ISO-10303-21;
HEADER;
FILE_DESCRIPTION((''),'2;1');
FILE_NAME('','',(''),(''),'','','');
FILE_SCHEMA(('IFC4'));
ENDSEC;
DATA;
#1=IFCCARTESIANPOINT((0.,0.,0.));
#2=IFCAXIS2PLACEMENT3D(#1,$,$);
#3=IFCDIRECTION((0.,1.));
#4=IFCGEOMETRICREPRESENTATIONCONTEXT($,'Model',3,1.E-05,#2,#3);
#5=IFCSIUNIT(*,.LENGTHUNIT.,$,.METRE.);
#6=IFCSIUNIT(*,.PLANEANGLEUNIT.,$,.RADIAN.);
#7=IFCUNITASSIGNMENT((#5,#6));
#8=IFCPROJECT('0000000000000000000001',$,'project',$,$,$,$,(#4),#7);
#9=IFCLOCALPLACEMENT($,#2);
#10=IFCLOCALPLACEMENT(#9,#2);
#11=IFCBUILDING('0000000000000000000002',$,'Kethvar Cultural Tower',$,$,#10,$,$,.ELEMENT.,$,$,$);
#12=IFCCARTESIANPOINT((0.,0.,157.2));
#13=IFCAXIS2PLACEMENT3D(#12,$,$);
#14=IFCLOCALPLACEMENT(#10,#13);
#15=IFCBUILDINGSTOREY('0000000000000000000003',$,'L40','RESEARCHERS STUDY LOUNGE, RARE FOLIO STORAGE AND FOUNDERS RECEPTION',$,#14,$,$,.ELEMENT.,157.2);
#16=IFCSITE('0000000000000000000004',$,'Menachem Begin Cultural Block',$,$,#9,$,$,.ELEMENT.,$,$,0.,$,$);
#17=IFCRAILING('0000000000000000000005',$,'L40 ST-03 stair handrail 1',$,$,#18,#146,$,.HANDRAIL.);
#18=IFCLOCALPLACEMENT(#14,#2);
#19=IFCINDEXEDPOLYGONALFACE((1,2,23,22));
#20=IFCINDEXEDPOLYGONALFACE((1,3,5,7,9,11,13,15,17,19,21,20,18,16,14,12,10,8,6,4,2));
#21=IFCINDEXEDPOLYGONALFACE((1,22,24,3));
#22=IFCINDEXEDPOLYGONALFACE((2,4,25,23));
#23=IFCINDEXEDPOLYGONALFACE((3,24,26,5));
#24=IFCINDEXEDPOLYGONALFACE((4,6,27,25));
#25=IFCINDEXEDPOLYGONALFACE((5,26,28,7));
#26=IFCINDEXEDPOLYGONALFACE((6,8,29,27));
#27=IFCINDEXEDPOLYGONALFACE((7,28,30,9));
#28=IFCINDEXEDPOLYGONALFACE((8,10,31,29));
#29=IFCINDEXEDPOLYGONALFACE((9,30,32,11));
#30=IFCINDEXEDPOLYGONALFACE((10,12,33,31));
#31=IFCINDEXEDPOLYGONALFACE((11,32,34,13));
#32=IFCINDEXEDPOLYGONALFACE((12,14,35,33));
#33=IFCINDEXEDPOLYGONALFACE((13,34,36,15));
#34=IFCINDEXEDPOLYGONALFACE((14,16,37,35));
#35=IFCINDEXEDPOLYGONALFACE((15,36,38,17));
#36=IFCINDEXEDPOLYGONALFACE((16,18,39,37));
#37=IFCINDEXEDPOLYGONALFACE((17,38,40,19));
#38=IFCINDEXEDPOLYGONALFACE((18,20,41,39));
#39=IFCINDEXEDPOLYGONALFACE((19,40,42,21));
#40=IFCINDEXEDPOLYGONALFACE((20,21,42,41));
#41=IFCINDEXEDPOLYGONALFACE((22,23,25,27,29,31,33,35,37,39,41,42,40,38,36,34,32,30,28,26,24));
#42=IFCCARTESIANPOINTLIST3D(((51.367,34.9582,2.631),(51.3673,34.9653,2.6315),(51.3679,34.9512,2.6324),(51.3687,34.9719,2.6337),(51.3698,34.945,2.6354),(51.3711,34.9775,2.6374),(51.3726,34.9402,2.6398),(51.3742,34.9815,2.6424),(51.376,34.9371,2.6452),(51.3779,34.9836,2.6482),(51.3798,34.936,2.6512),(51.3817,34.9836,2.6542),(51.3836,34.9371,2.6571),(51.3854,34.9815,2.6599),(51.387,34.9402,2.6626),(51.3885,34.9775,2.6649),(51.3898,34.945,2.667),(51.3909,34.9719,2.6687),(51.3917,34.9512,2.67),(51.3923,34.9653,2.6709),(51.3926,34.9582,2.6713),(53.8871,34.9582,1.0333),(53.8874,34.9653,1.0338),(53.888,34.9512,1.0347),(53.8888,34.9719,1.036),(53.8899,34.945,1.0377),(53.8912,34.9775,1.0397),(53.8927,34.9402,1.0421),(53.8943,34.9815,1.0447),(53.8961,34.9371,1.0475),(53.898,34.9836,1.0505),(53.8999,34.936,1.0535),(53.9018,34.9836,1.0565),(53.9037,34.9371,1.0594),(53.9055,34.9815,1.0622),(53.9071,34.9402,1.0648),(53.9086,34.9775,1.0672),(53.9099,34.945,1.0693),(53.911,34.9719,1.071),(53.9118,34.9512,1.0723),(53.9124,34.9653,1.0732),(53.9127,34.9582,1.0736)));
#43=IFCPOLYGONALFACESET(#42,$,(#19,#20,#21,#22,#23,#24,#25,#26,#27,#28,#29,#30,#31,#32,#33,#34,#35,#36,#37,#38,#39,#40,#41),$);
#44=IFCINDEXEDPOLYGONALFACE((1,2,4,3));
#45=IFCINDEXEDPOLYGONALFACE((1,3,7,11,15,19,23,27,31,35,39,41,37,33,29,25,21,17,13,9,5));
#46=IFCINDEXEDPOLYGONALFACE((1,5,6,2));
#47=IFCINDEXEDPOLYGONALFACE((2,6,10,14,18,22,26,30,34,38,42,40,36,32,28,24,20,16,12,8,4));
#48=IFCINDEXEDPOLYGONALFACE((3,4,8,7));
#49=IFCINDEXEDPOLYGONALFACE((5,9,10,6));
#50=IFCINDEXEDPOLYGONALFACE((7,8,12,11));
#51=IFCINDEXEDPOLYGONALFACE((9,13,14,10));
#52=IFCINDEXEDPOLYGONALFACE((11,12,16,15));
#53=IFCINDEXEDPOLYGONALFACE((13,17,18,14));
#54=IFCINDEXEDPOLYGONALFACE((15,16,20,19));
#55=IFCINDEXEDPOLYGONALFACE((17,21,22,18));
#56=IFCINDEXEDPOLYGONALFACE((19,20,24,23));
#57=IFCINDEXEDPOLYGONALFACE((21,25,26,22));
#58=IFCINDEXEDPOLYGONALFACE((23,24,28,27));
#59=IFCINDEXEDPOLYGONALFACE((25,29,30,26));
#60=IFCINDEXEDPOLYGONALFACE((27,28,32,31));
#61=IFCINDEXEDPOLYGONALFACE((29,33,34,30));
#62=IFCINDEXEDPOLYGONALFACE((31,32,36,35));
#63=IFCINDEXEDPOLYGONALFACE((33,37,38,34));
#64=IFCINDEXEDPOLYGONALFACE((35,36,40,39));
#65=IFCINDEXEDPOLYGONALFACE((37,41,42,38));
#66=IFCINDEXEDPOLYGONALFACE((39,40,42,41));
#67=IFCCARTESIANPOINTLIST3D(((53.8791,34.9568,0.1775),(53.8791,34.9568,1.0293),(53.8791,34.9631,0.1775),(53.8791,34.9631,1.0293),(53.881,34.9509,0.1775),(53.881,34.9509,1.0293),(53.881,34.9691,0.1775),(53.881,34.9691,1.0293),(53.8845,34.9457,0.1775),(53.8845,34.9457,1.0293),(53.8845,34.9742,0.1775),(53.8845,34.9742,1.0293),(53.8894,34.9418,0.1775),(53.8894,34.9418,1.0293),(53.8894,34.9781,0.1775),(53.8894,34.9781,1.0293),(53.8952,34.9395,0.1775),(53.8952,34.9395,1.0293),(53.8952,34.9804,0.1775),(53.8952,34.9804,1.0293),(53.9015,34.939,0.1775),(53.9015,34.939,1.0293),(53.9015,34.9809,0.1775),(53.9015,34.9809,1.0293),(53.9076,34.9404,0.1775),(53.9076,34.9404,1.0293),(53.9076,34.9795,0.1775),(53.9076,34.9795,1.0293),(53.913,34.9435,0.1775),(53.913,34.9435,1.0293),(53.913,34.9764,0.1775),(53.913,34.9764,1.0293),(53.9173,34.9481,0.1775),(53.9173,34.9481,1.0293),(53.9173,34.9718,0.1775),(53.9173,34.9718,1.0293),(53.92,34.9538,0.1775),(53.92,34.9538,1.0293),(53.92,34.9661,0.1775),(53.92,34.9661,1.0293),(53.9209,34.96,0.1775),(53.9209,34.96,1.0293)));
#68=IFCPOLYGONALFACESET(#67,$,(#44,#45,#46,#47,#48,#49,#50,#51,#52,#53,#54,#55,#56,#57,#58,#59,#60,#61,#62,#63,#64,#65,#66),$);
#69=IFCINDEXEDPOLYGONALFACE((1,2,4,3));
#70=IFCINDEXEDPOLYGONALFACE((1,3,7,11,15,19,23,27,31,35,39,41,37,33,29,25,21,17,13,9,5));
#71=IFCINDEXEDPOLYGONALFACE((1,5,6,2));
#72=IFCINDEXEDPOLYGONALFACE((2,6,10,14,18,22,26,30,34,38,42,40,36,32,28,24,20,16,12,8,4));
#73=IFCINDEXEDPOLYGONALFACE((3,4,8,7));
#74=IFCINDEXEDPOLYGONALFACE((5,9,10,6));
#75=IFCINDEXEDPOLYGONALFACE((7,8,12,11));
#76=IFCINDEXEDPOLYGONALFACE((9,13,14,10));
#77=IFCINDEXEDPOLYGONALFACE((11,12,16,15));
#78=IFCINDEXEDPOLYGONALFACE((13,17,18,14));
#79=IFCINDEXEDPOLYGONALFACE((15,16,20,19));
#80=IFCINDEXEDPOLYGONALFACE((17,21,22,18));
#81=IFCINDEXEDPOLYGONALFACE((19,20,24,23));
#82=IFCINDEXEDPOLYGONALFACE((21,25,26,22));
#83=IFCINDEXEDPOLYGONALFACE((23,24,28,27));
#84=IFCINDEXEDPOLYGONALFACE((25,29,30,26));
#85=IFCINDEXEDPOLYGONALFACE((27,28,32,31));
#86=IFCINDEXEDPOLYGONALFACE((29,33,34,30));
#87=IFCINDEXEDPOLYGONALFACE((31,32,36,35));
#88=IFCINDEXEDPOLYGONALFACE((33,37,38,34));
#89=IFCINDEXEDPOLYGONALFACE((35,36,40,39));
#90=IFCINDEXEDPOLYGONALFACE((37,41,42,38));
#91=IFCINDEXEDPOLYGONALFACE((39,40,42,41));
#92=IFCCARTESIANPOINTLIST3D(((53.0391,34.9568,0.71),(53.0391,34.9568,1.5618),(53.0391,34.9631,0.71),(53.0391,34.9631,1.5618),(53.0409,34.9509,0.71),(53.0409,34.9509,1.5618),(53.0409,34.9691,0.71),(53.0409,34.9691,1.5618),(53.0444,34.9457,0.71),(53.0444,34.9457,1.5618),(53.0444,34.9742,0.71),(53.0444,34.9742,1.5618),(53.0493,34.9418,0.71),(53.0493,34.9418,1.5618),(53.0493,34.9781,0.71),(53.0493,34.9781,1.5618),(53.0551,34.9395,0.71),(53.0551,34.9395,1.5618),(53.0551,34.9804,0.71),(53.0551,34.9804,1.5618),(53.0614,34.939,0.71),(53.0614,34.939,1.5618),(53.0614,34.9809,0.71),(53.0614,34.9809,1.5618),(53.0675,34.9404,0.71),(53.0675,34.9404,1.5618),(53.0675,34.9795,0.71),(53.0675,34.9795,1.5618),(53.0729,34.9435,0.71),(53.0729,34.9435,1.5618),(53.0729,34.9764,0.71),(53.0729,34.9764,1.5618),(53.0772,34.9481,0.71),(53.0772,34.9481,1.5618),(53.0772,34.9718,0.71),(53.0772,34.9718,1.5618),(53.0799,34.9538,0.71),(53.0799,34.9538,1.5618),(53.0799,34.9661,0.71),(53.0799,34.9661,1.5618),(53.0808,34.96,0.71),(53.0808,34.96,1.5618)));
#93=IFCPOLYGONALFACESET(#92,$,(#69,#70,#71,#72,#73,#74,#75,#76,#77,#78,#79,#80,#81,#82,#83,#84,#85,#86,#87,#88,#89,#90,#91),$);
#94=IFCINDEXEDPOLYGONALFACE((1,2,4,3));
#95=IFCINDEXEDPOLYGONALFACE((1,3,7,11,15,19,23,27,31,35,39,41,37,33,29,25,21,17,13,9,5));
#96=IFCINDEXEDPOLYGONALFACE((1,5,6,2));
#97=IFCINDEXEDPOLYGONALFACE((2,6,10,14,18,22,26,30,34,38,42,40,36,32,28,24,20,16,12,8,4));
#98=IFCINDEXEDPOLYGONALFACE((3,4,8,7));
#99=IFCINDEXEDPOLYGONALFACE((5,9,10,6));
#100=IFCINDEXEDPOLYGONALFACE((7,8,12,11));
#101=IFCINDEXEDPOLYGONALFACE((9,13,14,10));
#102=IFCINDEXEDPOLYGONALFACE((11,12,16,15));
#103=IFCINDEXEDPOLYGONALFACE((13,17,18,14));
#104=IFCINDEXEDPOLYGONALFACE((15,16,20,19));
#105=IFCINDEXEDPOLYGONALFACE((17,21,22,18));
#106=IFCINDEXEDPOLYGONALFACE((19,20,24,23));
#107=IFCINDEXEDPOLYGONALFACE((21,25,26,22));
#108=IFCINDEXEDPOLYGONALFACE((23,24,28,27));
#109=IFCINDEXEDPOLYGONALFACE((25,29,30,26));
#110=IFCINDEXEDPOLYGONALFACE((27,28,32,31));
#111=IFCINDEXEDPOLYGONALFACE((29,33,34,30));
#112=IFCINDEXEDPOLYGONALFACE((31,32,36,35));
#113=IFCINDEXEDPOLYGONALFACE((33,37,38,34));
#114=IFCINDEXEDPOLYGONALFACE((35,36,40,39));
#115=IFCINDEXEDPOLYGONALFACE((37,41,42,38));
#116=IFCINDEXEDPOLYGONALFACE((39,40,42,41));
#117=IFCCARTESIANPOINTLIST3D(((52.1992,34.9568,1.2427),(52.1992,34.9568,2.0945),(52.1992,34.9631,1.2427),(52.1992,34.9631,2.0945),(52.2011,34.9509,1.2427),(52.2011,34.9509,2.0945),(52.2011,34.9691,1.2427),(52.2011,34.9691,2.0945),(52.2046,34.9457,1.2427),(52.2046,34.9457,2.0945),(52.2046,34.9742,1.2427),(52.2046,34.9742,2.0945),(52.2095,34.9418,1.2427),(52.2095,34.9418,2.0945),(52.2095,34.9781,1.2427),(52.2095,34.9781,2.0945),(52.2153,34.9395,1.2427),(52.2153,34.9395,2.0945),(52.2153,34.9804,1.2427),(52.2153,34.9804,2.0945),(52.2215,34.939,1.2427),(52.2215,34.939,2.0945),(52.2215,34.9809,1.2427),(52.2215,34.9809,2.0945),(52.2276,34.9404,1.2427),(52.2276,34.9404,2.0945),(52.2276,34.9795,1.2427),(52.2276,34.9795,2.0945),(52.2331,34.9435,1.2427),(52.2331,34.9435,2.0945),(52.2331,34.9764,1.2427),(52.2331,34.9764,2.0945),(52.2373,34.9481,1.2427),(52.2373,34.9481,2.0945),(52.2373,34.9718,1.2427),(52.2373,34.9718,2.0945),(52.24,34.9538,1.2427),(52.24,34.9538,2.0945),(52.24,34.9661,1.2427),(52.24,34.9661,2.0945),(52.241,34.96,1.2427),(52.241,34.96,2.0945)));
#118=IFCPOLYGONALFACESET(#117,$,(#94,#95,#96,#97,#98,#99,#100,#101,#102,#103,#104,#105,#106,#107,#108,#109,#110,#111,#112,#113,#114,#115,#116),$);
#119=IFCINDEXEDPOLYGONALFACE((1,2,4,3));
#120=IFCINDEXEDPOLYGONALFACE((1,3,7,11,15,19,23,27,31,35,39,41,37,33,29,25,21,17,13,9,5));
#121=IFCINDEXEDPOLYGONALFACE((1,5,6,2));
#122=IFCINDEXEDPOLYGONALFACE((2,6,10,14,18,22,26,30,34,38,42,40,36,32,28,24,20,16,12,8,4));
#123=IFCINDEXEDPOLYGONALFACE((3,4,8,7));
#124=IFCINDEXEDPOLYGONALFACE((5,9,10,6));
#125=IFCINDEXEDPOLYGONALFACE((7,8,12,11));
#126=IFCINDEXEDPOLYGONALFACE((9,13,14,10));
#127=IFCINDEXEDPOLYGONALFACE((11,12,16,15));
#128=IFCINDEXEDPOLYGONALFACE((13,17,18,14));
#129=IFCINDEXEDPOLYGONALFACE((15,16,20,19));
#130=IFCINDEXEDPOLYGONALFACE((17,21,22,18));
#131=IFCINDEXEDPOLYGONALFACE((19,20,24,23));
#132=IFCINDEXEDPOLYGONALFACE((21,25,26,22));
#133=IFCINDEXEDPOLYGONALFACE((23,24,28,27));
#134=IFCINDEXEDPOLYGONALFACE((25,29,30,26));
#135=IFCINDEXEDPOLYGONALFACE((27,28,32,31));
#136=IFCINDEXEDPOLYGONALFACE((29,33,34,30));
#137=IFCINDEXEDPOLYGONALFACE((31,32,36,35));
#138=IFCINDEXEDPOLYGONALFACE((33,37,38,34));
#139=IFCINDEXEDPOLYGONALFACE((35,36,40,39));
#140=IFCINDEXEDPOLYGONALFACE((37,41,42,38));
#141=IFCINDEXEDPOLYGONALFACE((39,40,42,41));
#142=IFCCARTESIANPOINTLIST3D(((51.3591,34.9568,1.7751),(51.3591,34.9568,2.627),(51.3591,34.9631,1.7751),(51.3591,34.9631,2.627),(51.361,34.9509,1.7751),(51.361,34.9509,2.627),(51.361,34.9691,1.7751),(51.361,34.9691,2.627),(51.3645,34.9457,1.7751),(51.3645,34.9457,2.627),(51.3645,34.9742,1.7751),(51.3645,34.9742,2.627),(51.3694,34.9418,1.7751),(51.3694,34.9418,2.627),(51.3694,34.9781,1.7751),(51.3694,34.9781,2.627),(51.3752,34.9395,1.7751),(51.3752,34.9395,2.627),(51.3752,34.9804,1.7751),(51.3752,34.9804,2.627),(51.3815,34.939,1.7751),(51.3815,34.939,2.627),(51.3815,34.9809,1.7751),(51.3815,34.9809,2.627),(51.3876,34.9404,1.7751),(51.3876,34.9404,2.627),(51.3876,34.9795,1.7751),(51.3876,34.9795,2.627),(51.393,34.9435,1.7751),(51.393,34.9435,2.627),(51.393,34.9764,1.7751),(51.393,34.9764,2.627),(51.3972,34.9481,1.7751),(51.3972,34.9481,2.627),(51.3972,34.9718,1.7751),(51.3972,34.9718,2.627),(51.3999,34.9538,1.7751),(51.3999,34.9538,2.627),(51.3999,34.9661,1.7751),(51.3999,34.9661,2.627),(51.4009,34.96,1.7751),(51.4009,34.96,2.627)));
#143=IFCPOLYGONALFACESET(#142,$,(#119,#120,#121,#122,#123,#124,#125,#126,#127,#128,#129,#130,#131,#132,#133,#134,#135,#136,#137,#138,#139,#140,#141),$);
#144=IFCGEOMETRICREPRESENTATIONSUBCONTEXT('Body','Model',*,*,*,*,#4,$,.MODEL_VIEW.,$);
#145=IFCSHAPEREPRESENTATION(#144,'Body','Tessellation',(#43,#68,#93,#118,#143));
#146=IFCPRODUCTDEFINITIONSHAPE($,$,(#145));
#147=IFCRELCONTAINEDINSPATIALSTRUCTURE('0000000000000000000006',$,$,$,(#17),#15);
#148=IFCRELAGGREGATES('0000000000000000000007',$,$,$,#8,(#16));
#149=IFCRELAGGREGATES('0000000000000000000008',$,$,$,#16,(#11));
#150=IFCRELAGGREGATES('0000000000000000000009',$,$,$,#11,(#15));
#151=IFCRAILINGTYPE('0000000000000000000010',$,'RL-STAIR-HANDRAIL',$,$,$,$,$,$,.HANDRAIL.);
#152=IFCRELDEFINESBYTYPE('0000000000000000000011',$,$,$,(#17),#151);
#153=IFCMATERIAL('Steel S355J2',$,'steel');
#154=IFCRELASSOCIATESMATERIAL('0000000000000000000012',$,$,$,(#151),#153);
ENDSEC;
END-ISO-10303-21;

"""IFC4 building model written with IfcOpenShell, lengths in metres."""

from ifc_helpers import new_model, si_unit, direction, frame, origin, origin_2d, place, context, subcontext, project, spatial, circle, extrude, material, type_object, element, save


model = new_model("IFC4")

# Units and contexts
model_context = context("Model", 3, precision=1e-05, world=origin(), true_north=direction((0.0, 1.0)))
body_context = subcontext(model_context, "Body", "Model", "MODEL_VIEW")
ifc_project = project(units=[si_unit("LENGTHUNIT", "METRE"), si_unit("PLANEANGLEUNIT", "RADIAN")], contexts=[model_context])

# Site, building, storey
site_placement = place(None, origin())
site = spatial("IfcSite", under=ifc_project, at=site_placement, Name="Menachem Begin Cultural Block", CompositionType="ELEMENT", RefElevation=0.0)
building_placement = place(site_placement, origin())
building = spatial("IfcBuilding", under=site, at=building_placement, Name="Kethvar Cultural Tower", CompositionType="ELEMENT")
storey_placement = place(building_placement, frame((0.0, 0.0, 157.2)))
storey = spatial("IfcBuildingStorey", under=building, at=storey_placement, Name="L40", Description="RESEARCHERS STUDY LOUNGE, RARE FOLIO STORAGE AND FOUNDERS RECEPTION", CompositionType="ELEMENT", Elevation=157.2)

# Shared definitions
ifc_material_1 = material(Name="Steel S355J2", Category="steel")

# Railing
railing_type_1 = type_object("IfcRailingType", Name="RL-STAIR-HANDRAIL", PredefinedType="HANDRAIL", material=ifc_material_1)
railing_1_placement = place(storey_placement, frame((53.8999, 34.96, 0.1775)))
element("IfcRailing", 1, at=railing_1_placement, inside=storey, type_object=railing_type_1, Name="L40 ST-03 stair handrail 1", PredefinedType="HANDRAIL", context=body_context, shape_type="SweptSolid", body=[
    extrude(circle(Radius=0.0239, at=origin_2d()), frame((0.0, 0.0, 0.876), z_axis=(-0.84457, 0.0, 0.535445), x_axis=(0.0, -1.0, 0.0)), (0.0, 0.0, 1.0), 2.9839),
    extrude(circle(Radius=0.021, at=origin_2d()), origin(), (0.0, 0.0, 1.0), 0.8518),
    extrude(circle(Radius=0.021, at=origin_2d()), frame((-0.8401, 0.0, 0.5325)), (0.0, 0.0, 1.0), 0.8518),
    extrude(circle(Radius=0.021, at=origin_2d()), frame((-1.6799, 0.0, 1.0652)), (0.0, 0.0, 1.0), 0.8518),
    extrude(circle(Radius=0.021, at=origin_2d()), frame((-2.52, 0.0, 1.5977)), (0.0, 0.0, 1.0), 0.8518),
])

save(model, "model.ifc")
